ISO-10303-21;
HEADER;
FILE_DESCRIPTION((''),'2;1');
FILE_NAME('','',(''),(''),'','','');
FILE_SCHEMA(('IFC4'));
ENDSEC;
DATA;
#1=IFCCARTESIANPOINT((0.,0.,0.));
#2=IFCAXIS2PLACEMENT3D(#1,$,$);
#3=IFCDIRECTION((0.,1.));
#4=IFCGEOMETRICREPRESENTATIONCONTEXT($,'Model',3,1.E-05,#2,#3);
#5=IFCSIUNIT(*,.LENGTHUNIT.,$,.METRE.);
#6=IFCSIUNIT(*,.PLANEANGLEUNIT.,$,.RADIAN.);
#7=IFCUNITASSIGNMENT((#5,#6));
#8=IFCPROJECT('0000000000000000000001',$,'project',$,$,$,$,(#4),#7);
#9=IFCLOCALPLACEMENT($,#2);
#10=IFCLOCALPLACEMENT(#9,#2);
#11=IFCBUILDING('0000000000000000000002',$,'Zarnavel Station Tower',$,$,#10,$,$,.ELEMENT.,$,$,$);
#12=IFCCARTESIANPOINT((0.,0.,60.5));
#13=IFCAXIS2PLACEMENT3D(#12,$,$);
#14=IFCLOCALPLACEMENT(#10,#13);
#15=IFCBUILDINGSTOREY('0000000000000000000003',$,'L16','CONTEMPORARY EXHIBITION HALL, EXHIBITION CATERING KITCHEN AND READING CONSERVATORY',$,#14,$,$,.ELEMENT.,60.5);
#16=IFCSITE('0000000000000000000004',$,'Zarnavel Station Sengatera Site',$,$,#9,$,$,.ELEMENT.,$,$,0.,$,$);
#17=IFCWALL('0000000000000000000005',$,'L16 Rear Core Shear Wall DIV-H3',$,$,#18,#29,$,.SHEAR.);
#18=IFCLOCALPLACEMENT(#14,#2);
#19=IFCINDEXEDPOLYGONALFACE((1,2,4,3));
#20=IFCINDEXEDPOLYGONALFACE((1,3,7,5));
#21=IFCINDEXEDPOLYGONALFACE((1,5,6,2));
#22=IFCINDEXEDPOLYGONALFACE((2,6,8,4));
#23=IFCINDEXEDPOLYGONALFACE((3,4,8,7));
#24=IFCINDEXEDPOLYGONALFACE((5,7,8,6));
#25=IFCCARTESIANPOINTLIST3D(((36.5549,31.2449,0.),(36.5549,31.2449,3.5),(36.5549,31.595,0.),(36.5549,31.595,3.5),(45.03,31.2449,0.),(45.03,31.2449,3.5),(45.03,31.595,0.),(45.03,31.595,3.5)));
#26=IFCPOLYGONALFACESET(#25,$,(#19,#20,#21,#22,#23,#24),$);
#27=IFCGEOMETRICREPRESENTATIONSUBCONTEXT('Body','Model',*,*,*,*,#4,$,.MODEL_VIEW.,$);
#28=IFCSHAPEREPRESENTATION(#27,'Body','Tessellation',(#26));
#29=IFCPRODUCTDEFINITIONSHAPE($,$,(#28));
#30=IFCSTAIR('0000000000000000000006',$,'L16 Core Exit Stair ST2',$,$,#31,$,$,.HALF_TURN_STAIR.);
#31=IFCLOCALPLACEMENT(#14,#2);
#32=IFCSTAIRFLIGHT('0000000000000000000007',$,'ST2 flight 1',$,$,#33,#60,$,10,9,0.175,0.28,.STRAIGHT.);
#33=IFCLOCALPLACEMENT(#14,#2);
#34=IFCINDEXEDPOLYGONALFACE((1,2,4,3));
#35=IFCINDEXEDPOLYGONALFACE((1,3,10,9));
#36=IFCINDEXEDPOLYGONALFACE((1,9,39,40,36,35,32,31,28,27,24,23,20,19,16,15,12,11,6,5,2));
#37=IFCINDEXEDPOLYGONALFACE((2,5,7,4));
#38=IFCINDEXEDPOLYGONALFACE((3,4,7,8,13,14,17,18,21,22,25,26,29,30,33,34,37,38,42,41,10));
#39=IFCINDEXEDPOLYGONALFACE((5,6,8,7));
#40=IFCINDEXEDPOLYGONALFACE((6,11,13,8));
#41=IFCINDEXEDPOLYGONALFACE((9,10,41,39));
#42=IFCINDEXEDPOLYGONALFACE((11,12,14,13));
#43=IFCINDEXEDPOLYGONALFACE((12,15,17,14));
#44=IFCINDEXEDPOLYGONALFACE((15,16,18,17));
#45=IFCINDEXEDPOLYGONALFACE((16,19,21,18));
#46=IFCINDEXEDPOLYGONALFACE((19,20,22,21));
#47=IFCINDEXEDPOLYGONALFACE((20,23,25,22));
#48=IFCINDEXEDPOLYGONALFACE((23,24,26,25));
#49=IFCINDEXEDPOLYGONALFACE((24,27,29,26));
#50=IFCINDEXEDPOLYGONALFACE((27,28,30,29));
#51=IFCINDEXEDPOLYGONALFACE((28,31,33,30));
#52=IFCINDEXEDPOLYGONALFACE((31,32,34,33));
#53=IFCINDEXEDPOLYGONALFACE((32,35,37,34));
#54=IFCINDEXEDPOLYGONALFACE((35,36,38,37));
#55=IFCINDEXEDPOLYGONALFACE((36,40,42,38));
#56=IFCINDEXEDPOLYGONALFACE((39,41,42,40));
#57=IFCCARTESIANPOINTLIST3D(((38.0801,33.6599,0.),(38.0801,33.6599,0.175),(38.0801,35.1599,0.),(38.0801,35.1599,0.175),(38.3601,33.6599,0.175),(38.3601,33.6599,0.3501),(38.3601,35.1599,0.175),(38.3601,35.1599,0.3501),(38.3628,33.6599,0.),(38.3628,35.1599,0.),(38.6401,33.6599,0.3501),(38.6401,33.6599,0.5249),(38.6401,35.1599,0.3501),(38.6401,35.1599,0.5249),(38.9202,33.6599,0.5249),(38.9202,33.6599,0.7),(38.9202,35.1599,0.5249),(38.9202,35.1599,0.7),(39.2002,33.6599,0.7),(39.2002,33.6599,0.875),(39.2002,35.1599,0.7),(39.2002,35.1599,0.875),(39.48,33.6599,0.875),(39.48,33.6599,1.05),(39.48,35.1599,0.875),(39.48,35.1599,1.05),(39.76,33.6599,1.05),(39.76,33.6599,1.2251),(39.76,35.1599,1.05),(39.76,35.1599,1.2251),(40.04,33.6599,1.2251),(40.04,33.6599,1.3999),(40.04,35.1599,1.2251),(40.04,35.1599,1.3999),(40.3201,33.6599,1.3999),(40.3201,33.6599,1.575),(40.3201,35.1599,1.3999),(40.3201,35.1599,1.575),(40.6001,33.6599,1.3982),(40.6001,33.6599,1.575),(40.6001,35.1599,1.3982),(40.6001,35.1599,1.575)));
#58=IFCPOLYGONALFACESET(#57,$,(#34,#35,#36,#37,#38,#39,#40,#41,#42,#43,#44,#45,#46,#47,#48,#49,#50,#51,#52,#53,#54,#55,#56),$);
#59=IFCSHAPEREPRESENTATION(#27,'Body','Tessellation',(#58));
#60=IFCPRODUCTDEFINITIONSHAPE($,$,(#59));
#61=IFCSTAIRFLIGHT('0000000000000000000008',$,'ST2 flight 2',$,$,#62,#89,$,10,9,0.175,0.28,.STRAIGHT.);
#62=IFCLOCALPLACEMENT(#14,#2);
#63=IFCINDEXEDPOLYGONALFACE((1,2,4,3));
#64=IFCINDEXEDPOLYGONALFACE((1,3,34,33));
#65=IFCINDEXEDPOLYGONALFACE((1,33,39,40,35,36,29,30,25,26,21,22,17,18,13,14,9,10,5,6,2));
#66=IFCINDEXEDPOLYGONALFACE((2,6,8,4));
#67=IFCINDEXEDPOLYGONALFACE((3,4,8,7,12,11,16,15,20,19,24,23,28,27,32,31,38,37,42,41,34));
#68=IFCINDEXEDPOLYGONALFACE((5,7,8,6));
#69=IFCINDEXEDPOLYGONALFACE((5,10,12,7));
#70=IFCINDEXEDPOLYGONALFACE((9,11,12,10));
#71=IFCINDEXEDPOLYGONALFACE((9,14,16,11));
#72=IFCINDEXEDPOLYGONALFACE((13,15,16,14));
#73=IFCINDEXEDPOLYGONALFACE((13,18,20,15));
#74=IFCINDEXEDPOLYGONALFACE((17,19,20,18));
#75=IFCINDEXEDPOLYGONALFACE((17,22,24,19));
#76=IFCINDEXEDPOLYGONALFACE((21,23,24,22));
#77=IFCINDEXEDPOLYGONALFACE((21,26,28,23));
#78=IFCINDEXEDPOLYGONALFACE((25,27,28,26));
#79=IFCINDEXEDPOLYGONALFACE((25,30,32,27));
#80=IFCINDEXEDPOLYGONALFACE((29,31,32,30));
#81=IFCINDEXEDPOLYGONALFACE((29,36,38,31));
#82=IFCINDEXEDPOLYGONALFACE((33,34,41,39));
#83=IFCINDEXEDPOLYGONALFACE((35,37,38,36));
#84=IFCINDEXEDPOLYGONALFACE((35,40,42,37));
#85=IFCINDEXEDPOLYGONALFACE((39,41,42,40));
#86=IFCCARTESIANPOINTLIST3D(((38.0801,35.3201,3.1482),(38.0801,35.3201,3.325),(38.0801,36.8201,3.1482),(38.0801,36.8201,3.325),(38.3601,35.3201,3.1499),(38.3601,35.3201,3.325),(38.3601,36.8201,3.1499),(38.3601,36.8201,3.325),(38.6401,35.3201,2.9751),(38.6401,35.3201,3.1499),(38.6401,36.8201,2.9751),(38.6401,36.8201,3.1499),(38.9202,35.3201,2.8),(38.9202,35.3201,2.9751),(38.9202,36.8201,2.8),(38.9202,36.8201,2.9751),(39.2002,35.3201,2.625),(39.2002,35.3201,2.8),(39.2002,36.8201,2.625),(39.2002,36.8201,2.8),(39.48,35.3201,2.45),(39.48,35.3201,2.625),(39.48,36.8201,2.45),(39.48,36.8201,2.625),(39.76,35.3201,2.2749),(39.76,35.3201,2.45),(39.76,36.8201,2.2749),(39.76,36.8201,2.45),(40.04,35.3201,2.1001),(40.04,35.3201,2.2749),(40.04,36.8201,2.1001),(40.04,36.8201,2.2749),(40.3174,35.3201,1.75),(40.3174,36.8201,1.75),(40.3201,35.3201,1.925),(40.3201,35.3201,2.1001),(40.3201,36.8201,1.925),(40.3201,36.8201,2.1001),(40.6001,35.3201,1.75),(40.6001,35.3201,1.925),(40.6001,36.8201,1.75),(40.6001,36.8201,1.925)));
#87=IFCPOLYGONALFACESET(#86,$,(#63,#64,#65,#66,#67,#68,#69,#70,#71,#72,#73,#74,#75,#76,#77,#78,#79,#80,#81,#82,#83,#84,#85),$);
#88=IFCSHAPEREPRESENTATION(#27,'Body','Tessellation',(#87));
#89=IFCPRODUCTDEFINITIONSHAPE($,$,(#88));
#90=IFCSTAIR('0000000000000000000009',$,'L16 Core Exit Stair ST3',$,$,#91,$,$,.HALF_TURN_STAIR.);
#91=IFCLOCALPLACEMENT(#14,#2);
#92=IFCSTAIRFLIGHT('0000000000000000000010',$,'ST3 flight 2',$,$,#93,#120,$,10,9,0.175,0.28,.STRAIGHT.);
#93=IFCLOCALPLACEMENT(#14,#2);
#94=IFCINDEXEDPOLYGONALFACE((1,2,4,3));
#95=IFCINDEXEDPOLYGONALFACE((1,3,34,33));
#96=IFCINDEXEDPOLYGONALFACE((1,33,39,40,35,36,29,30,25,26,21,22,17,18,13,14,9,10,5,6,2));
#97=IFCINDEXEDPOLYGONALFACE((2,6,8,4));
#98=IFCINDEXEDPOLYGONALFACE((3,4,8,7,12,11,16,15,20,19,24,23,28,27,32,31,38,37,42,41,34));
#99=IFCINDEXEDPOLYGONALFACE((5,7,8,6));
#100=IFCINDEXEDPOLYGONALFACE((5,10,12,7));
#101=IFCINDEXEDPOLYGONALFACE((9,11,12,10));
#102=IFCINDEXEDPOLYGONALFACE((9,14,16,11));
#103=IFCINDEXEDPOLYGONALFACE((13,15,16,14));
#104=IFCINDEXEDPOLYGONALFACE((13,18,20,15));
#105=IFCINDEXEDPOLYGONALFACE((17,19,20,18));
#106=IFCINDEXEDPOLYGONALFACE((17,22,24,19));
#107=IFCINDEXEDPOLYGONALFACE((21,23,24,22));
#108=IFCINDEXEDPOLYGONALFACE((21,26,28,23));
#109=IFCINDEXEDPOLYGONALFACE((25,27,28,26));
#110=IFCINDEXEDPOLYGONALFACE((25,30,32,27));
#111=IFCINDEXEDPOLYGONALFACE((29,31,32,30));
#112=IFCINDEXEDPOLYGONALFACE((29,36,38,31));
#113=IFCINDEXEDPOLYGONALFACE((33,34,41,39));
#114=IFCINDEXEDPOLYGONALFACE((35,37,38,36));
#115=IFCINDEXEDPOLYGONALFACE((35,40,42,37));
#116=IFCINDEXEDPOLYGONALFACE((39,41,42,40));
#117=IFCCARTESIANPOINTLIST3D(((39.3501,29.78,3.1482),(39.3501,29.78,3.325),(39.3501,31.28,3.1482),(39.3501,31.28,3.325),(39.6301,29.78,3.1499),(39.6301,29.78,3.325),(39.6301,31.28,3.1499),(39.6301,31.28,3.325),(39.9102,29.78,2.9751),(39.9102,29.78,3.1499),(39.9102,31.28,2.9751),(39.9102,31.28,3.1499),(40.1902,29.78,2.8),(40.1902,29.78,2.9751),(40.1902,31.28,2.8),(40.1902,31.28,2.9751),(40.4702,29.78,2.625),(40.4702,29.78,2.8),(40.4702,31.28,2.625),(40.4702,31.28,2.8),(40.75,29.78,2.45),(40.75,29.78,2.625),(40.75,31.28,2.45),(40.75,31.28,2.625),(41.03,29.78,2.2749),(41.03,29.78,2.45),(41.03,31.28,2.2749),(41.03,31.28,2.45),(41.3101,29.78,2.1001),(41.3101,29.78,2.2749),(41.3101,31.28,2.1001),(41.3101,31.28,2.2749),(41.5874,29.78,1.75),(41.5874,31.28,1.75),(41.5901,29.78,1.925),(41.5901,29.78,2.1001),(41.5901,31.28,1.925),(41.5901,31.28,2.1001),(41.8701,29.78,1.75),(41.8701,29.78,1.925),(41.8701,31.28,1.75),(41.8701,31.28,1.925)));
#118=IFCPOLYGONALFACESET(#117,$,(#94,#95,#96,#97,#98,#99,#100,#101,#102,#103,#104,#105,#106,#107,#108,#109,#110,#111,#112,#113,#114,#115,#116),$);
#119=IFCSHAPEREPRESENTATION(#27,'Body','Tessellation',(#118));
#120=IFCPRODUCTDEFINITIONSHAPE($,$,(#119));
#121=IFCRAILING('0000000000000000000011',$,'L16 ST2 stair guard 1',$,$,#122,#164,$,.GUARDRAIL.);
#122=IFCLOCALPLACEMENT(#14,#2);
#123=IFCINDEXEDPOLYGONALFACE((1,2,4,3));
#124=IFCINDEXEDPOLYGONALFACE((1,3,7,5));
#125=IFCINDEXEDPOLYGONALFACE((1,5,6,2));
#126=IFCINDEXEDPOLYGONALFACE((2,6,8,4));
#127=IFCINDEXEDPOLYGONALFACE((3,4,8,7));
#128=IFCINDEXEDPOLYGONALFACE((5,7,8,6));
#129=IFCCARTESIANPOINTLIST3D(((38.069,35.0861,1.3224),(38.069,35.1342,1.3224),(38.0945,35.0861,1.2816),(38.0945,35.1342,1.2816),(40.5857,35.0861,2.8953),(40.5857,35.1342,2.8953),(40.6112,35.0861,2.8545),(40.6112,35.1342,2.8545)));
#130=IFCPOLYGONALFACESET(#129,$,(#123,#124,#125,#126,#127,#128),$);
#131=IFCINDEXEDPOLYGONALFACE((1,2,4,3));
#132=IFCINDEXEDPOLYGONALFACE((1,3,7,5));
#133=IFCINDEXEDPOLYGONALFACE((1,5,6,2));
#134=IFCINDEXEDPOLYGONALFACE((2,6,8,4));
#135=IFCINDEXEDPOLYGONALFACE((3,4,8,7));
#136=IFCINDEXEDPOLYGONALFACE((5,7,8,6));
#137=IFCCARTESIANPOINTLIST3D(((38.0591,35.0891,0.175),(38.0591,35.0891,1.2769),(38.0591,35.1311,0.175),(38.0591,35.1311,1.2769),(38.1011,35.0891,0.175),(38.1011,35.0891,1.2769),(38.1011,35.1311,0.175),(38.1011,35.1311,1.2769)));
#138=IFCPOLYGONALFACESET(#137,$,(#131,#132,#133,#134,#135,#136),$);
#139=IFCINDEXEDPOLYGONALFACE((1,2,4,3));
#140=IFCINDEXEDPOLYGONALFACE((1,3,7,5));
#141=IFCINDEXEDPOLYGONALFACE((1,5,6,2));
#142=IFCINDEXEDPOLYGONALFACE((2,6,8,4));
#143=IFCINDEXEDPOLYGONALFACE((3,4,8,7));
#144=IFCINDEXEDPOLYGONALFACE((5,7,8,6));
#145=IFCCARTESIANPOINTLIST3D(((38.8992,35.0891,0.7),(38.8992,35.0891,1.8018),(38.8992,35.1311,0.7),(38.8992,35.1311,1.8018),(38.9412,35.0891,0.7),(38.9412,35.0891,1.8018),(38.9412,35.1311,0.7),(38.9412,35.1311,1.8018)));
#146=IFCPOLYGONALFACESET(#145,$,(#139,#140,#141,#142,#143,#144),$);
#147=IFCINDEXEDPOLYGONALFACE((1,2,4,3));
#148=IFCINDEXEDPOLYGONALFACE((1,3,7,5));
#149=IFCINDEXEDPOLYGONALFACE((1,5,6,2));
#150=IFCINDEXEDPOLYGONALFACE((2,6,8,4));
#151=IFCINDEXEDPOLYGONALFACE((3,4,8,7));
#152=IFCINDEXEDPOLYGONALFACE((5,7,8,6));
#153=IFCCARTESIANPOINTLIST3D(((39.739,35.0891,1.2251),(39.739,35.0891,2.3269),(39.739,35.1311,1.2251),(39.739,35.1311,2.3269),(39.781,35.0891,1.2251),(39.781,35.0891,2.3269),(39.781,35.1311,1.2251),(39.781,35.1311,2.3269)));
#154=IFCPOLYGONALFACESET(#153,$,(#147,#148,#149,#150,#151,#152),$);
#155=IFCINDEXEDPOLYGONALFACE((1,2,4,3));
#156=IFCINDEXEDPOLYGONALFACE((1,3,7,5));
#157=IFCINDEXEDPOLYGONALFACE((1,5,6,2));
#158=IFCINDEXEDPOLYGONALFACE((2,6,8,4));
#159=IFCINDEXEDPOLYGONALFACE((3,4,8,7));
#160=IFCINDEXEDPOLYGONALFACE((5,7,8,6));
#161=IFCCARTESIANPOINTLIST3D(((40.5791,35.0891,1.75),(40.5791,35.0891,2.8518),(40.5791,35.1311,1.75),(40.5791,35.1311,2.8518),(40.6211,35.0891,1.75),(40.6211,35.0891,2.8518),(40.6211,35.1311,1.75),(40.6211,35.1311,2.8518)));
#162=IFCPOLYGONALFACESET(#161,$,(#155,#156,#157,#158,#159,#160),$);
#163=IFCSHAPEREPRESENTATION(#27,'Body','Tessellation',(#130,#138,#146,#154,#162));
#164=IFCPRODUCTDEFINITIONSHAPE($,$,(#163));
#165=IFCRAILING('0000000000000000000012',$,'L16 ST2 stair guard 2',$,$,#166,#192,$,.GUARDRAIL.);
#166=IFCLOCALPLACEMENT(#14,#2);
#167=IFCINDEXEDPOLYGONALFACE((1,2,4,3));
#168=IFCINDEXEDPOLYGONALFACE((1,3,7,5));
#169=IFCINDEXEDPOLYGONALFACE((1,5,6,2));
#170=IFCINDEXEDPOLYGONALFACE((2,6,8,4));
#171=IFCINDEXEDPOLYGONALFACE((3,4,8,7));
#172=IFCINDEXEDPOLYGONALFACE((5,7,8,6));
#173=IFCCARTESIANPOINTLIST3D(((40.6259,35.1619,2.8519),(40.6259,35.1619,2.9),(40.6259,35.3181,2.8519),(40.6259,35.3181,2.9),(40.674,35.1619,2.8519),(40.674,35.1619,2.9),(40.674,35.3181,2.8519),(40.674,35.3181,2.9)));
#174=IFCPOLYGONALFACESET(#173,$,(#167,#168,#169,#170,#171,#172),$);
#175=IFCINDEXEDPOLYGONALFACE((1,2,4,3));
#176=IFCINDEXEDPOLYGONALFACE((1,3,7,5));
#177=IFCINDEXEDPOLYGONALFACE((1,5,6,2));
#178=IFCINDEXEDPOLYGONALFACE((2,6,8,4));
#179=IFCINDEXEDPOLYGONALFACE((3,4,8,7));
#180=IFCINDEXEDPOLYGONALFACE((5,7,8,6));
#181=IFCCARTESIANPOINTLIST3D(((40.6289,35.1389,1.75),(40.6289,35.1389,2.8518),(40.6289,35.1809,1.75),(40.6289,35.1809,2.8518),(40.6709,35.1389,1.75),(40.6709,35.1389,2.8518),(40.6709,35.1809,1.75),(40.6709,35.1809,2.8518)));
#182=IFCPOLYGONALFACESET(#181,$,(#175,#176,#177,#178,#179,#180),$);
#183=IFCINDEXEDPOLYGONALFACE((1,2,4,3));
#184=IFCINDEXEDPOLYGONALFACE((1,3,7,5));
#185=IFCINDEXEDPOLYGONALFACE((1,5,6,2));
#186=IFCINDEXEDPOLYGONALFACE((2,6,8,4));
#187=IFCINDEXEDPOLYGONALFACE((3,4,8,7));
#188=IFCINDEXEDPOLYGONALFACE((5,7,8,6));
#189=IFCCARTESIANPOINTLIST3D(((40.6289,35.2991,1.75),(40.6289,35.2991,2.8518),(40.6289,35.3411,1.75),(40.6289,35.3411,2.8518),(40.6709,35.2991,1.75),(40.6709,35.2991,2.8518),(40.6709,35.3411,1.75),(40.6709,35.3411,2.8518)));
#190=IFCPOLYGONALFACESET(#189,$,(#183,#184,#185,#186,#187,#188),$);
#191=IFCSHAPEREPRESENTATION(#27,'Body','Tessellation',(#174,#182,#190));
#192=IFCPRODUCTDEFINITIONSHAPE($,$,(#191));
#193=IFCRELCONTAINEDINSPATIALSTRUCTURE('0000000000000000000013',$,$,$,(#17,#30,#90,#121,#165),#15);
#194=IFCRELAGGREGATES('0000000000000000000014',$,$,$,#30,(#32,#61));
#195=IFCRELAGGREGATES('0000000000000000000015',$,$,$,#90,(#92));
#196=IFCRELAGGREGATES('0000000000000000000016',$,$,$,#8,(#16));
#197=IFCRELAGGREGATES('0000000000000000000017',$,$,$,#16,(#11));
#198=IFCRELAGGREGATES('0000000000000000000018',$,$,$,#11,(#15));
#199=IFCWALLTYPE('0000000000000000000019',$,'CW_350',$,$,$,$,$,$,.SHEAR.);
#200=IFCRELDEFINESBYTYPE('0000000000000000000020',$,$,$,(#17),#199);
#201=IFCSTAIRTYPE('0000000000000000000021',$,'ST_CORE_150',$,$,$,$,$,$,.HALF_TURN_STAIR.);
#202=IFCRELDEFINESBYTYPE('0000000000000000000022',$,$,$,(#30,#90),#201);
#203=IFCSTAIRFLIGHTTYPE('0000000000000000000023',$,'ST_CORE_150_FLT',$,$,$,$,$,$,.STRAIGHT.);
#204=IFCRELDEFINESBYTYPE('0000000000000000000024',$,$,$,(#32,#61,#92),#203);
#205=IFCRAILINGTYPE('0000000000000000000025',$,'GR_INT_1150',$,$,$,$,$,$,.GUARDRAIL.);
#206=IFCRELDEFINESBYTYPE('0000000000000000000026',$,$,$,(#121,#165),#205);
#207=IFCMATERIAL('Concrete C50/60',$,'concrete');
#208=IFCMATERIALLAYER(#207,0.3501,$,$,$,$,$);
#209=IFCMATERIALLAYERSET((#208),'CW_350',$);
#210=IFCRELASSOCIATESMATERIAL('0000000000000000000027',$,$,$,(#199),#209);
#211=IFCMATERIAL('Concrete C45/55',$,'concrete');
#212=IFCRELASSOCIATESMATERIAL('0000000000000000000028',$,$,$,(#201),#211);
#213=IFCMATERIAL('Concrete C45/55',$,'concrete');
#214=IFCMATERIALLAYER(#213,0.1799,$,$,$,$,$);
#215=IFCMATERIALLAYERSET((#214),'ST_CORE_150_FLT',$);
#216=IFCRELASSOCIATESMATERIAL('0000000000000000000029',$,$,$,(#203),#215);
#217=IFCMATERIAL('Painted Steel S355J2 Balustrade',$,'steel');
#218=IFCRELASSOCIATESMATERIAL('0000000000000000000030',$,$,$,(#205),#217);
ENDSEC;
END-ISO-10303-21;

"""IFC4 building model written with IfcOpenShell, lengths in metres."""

from ifc_helpers import new_model, si_unit, direction, frame, frame_2d, origin, origin_2d, place, context, subcontext, project, spatial, polyline, rectangle, outline, extrude, material, layer, layer_set, type_object, element, aggregate, save


model = new_model("IFC4")

# Units and contexts
model_context = context("Model", 3, precision=1e-05, world=origin(), true_north=direction((0.0, 1.0)))
body_context = subcontext(model_context, "Body", "Model", "MODEL_VIEW")
ifc_project = project(units=[si_unit("LENGTHUNIT", "METRE"), si_unit("PLANEANGLEUNIT", "RADIAN")], contexts=[model_context])

# Site, building, storey
site_placement = place(None, origin())
site = spatial("IfcSite", under=ifc_project, at=site_placement, Name="Zarnavel Station Sengatera Site", CompositionType="ELEMENT", RefElevation=0.0)
building_placement = place(site_placement, origin())
building = spatial("IfcBuilding", under=site, at=building_placement, Name="Zarnavel Station Tower", CompositionType="ELEMENT")
storey_placement = place(building_placement, frame((0.0, 0.0, 60.5)))
storey = spatial("IfcBuildingStorey", under=building, at=storey_placement, Name="L16", Description="CONTEMPORARY EXHIBITION HALL, EXHIBITION CATERING KITCHEN AND READING CONSERVATORY", CompositionType="ELEMENT", Elevation=60.5)

# Wall
ifc_material_1 = material(Name="Concrete C50/60", Category="concrete")
ifc_layer_1 = layer(ifc_material_1, 0.3501)
ifc_layer_set_1 = layer_set([ifc_layer_1], Name="CW_350")
wall_type_1 = type_object("IfcWallType", Name="CW_350", PredefinedType="SHEAR", material=ifc_layer_set_1)
wall_1_placement = place(storey_placement, frame((36.5549, 31.4199, 0.0), z_axis=(0.0, 0.0, 1.0), x_axis=(1.0, 0.0, 0.0)))
element("IfcWall", 1, at=wall_1_placement, inside=storey, type_object=wall_type_1, Name="L16 Rear Core Shear Wall DIV-H3", PredefinedType="SHEAR", context=body_context, shape_type="SweptSolid", body=[
    extrude(rectangle(XDim=8.4751, YDim=0.3501, at=frame_2d((4.2375, 0.0))), origin(), (0.0, 0.0, 1.0), 3.5),
])

# Stair, stair flights
ifc_material_2 = material(Name="Concrete C45/55", Category="concrete")
stair_type = type_object("IfcStairType", Name="ST_CORE_150", PredefinedType="HALF_TURN_STAIR", material=ifc_material_2)
stair_1_placement = place(storey_placement, origin())
stair_1 = element("IfcStair", 2, at=stair_1_placement, inside=storey, type_object=stair_type, Name="L16 Core Exit Stair ST2", PredefinedType="HALF_TURN_STAIR")
ifc_material_3 = material(Name="Concrete C45/55", Category="concrete")
ifc_layer_2 = layer(ifc_material_3, 0.1799)
ifc_layer_set_2 = layer_set([ifc_layer_2], Name="ST_CORE_150_FLT")
stair_flight_type = type_object("IfcStairFlightType", Name="ST_CORE_150_FLT", PredefinedType="STRAIGHT", material=ifc_layer_set_2)
stair_flight_1_placement = place(storey_placement, frame((38.0801, 34.4099, 0.0), z_axis=(0.0, 0.0, 1.0), x_axis=(1.0, 0.0, 0.0)))
stair_flight_1 = element("IfcStairFlight", 3, at=stair_flight_1_placement, type_object=stair_flight_type, Name="ST2 flight 1", NumberOfRisers=10, NumberOfTreads=9, PredefinedType="STRAIGHT", RiserHeight=0.175, TreadLength=0.28, context=body_context, shape_type="SweptSolid", body=[
    extrude(outline(polyline([(0.0, 0.0), (0.0, 0.175), (0.28, 0.175), (0.28, 0.3501), (0.5601, 0.3501), (0.5601, 0.5249), (0.8401, 0.5249), (0.8401, 0.7), (1.1201, 0.7), (1.1201, 0.875), (1.3999, 0.875), (1.3999, 1.05), (1.6799, 1.05), (1.6799, 1.2251), (1.96, 1.2251), (1.96, 1.3999), (2.24, 1.3999), (2.24, 1.575), (2.52, 1.575), (2.52, 1.75), (2.52, 1.3982), (0.2827, 0.0), (0.0, 0.0)])), frame((0.0, 0.75, 0.0), z_axis=(0.0, -1.0, 0.0), x_axis=(1.0, 0.0, 0.0)), (0.0, 0.0, 1.0), 1.5),
])
stair_flight_2_placement = place(storey_placement, frame((40.6001, 36.0701, 1.75), z_axis=(0.0, 0.0, 1.0), x_axis=(-1.0, 0.0, 0.0)))
stair_flight_2 = element("IfcStairFlight", 4, at=stair_flight_2_placement, type_object=stair_flight_type, Name="ST2 flight 2", NumberOfRisers=10, NumberOfTreads=9, PredefinedType="STRAIGHT", RiserHeight=0.175, TreadLength=0.28, context=body_context, shape_type="SweptSolid", body=[
    extrude(outline(polyline([(0.0, 0.0), (0.0, 0.175), (0.28, 0.175), (0.28, 0.3501), (0.5601, 0.3501), (0.5601, 0.5249), (0.8401, 0.5249), (0.8401, 0.7), (1.1201, 0.7), (1.1201, 0.875), (1.3999, 0.875), (1.3999, 1.05), (1.6799, 1.05), (1.6799, 1.2251), (1.96, 1.2251), (1.96, 1.3999), (2.24, 1.3999), (2.24, 1.575), (2.52, 1.575), (2.52, 1.75), (2.52, 1.3982), (0.2827, 0.0), (0.0, 0.0)])), frame((0.0, 0.75, 0.0), z_axis=(0.0, -1.0, 0.0), x_axis=(1.0, 0.0, 0.0)), (0.0, 0.0, 1.0), 1.5),
])
aggregate(stair_1, [stair_flight_1, stair_flight_2])

# Stair, stair flight
stair_2_placement = place(storey_placement, origin())
stair_2 = element("IfcStair", 5, at=stair_2_placement, inside=storey, type_object=stair_type, Name="L16 Core Exit Stair ST3", PredefinedType="HALF_TURN_STAIR")
stair_flight_3_placement = place(storey_placement, frame((41.8701, 30.53, 1.75), z_axis=(0.0, 0.0, 1.0), x_axis=(-1.0, 0.0, 0.0)))
stair_flight_3 = element("IfcStairFlight", 6, at=stair_flight_3_placement, type_object=stair_flight_type, Name="ST3 flight 2", NumberOfRisers=10, NumberOfTreads=9, PredefinedType="STRAIGHT", RiserHeight=0.175, TreadLength=0.28, context=body_context, shape_type="SweptSolid", body=[
    extrude(outline(polyline([(0.0, 0.0), (0.0, 0.175), (0.28, 0.175), (0.28, 0.3501), (0.5601, 0.3501), (0.5601, 0.5249), (0.8401, 0.5249), (0.8401, 0.7), (1.1201, 0.7), (1.1201, 0.875), (1.3999, 0.875), (1.3999, 1.05), (1.6799, 1.05), (1.6799, 1.2251), (1.96, 1.2251), (1.96, 1.3999), (2.24, 1.3999), (2.24, 1.575), (2.52, 1.575), (2.52, 1.75), (2.52, 1.3982), (0.2827, 0.0), (0.0, 0.0)])), frame((0.0, 0.75, 0.0), z_axis=(0.0, -1.0, 0.0), x_axis=(1.0, 0.0, 0.0)), (0.0, 0.0, 1.0), 1.5),
])
aggregate(stair_2, [stair_flight_3])

# Railings
ifc_material_4 = material(Name="Painted Steel S355J2 Balustrade", Category="steel")
railing_type_1 = type_object("IfcRailingType", Name="GR_INT_1150", PredefinedType="GUARDRAIL", material=ifc_material_4)
railing_1_placement = place(storey_placement, frame((38.0801, 35.1101, 0.175)))
element("IfcRailing", 7, at=railing_1_placement, inside=storey, type_object=railing_type_1, Name="L16 ST2 stair guard 1", PredefinedType="GUARDRAIL", context=body_context, shape_type="SweptSolid", body=[
    extrude(rectangle(XDim=0.0481, YDim=0.0481, at=origin_2d()), frame((0.0017, 0.0, 1.127), z_axis=(0.848008, 0.0, 0.529984), x_axis=(0.0, 1.0, 0.0)), (0.0, 0.0, 1.0), 2.9678),
    extrude(rectangle(XDim=0.042, YDim=0.042, at=origin_2d()), origin(), (0.0, 0.0, 1.0), 1.1018),
    extrude(rectangle(XDim=0.042, YDim=0.042, at=origin_2d()), frame((0.8401, 0.0, 0.5249)), (0.0, 0.0, 1.0), 1.1018),
    extrude(rectangle(XDim=0.042, YDim=0.042, at=origin_2d()), frame((1.6799, 0.0, 1.05)), (0.0, 0.0, 1.0), 1.1018),
    extrude(rectangle(XDim=0.042, YDim=0.042, at=origin_2d()), frame((2.52, 0.0, 1.575)), (0.0, 0.0, 1.0), 1.1018),
])
railing_2_placement = place(storey_placement, frame((40.6499, 35.1599, 1.75)))
element("IfcRailing", 8, at=railing_2_placement, inside=storey, type_object=railing_type_1, Name="L16 ST2 stair guard 2", PredefinedType="GUARDRAIL", context=body_context, shape_type="SweptSolid", body=[
    extrude(rectangle(XDim=0.0481, YDim=0.0481, at=origin_2d()), frame((0.0, 0.002, 1.126), z_axis=(0.0, 1.0, 0.0), x_axis=(-1.0, 0.0, 0.0)), (0.0, 0.0, 1.0), 0.1562),
    extrude(rectangle(XDim=0.042, YDim=0.042, at=origin_2d()), origin(), (0.0, 0.0, 1.0), 1.1018),
    extrude(rectangle(XDim=0.042, YDim=0.042, at=origin_2d()), frame((0.0, 0.1602, 0.0)), (0.0, 0.0, 1.0), 1.1018),
])

save(model, "model.ifc")
